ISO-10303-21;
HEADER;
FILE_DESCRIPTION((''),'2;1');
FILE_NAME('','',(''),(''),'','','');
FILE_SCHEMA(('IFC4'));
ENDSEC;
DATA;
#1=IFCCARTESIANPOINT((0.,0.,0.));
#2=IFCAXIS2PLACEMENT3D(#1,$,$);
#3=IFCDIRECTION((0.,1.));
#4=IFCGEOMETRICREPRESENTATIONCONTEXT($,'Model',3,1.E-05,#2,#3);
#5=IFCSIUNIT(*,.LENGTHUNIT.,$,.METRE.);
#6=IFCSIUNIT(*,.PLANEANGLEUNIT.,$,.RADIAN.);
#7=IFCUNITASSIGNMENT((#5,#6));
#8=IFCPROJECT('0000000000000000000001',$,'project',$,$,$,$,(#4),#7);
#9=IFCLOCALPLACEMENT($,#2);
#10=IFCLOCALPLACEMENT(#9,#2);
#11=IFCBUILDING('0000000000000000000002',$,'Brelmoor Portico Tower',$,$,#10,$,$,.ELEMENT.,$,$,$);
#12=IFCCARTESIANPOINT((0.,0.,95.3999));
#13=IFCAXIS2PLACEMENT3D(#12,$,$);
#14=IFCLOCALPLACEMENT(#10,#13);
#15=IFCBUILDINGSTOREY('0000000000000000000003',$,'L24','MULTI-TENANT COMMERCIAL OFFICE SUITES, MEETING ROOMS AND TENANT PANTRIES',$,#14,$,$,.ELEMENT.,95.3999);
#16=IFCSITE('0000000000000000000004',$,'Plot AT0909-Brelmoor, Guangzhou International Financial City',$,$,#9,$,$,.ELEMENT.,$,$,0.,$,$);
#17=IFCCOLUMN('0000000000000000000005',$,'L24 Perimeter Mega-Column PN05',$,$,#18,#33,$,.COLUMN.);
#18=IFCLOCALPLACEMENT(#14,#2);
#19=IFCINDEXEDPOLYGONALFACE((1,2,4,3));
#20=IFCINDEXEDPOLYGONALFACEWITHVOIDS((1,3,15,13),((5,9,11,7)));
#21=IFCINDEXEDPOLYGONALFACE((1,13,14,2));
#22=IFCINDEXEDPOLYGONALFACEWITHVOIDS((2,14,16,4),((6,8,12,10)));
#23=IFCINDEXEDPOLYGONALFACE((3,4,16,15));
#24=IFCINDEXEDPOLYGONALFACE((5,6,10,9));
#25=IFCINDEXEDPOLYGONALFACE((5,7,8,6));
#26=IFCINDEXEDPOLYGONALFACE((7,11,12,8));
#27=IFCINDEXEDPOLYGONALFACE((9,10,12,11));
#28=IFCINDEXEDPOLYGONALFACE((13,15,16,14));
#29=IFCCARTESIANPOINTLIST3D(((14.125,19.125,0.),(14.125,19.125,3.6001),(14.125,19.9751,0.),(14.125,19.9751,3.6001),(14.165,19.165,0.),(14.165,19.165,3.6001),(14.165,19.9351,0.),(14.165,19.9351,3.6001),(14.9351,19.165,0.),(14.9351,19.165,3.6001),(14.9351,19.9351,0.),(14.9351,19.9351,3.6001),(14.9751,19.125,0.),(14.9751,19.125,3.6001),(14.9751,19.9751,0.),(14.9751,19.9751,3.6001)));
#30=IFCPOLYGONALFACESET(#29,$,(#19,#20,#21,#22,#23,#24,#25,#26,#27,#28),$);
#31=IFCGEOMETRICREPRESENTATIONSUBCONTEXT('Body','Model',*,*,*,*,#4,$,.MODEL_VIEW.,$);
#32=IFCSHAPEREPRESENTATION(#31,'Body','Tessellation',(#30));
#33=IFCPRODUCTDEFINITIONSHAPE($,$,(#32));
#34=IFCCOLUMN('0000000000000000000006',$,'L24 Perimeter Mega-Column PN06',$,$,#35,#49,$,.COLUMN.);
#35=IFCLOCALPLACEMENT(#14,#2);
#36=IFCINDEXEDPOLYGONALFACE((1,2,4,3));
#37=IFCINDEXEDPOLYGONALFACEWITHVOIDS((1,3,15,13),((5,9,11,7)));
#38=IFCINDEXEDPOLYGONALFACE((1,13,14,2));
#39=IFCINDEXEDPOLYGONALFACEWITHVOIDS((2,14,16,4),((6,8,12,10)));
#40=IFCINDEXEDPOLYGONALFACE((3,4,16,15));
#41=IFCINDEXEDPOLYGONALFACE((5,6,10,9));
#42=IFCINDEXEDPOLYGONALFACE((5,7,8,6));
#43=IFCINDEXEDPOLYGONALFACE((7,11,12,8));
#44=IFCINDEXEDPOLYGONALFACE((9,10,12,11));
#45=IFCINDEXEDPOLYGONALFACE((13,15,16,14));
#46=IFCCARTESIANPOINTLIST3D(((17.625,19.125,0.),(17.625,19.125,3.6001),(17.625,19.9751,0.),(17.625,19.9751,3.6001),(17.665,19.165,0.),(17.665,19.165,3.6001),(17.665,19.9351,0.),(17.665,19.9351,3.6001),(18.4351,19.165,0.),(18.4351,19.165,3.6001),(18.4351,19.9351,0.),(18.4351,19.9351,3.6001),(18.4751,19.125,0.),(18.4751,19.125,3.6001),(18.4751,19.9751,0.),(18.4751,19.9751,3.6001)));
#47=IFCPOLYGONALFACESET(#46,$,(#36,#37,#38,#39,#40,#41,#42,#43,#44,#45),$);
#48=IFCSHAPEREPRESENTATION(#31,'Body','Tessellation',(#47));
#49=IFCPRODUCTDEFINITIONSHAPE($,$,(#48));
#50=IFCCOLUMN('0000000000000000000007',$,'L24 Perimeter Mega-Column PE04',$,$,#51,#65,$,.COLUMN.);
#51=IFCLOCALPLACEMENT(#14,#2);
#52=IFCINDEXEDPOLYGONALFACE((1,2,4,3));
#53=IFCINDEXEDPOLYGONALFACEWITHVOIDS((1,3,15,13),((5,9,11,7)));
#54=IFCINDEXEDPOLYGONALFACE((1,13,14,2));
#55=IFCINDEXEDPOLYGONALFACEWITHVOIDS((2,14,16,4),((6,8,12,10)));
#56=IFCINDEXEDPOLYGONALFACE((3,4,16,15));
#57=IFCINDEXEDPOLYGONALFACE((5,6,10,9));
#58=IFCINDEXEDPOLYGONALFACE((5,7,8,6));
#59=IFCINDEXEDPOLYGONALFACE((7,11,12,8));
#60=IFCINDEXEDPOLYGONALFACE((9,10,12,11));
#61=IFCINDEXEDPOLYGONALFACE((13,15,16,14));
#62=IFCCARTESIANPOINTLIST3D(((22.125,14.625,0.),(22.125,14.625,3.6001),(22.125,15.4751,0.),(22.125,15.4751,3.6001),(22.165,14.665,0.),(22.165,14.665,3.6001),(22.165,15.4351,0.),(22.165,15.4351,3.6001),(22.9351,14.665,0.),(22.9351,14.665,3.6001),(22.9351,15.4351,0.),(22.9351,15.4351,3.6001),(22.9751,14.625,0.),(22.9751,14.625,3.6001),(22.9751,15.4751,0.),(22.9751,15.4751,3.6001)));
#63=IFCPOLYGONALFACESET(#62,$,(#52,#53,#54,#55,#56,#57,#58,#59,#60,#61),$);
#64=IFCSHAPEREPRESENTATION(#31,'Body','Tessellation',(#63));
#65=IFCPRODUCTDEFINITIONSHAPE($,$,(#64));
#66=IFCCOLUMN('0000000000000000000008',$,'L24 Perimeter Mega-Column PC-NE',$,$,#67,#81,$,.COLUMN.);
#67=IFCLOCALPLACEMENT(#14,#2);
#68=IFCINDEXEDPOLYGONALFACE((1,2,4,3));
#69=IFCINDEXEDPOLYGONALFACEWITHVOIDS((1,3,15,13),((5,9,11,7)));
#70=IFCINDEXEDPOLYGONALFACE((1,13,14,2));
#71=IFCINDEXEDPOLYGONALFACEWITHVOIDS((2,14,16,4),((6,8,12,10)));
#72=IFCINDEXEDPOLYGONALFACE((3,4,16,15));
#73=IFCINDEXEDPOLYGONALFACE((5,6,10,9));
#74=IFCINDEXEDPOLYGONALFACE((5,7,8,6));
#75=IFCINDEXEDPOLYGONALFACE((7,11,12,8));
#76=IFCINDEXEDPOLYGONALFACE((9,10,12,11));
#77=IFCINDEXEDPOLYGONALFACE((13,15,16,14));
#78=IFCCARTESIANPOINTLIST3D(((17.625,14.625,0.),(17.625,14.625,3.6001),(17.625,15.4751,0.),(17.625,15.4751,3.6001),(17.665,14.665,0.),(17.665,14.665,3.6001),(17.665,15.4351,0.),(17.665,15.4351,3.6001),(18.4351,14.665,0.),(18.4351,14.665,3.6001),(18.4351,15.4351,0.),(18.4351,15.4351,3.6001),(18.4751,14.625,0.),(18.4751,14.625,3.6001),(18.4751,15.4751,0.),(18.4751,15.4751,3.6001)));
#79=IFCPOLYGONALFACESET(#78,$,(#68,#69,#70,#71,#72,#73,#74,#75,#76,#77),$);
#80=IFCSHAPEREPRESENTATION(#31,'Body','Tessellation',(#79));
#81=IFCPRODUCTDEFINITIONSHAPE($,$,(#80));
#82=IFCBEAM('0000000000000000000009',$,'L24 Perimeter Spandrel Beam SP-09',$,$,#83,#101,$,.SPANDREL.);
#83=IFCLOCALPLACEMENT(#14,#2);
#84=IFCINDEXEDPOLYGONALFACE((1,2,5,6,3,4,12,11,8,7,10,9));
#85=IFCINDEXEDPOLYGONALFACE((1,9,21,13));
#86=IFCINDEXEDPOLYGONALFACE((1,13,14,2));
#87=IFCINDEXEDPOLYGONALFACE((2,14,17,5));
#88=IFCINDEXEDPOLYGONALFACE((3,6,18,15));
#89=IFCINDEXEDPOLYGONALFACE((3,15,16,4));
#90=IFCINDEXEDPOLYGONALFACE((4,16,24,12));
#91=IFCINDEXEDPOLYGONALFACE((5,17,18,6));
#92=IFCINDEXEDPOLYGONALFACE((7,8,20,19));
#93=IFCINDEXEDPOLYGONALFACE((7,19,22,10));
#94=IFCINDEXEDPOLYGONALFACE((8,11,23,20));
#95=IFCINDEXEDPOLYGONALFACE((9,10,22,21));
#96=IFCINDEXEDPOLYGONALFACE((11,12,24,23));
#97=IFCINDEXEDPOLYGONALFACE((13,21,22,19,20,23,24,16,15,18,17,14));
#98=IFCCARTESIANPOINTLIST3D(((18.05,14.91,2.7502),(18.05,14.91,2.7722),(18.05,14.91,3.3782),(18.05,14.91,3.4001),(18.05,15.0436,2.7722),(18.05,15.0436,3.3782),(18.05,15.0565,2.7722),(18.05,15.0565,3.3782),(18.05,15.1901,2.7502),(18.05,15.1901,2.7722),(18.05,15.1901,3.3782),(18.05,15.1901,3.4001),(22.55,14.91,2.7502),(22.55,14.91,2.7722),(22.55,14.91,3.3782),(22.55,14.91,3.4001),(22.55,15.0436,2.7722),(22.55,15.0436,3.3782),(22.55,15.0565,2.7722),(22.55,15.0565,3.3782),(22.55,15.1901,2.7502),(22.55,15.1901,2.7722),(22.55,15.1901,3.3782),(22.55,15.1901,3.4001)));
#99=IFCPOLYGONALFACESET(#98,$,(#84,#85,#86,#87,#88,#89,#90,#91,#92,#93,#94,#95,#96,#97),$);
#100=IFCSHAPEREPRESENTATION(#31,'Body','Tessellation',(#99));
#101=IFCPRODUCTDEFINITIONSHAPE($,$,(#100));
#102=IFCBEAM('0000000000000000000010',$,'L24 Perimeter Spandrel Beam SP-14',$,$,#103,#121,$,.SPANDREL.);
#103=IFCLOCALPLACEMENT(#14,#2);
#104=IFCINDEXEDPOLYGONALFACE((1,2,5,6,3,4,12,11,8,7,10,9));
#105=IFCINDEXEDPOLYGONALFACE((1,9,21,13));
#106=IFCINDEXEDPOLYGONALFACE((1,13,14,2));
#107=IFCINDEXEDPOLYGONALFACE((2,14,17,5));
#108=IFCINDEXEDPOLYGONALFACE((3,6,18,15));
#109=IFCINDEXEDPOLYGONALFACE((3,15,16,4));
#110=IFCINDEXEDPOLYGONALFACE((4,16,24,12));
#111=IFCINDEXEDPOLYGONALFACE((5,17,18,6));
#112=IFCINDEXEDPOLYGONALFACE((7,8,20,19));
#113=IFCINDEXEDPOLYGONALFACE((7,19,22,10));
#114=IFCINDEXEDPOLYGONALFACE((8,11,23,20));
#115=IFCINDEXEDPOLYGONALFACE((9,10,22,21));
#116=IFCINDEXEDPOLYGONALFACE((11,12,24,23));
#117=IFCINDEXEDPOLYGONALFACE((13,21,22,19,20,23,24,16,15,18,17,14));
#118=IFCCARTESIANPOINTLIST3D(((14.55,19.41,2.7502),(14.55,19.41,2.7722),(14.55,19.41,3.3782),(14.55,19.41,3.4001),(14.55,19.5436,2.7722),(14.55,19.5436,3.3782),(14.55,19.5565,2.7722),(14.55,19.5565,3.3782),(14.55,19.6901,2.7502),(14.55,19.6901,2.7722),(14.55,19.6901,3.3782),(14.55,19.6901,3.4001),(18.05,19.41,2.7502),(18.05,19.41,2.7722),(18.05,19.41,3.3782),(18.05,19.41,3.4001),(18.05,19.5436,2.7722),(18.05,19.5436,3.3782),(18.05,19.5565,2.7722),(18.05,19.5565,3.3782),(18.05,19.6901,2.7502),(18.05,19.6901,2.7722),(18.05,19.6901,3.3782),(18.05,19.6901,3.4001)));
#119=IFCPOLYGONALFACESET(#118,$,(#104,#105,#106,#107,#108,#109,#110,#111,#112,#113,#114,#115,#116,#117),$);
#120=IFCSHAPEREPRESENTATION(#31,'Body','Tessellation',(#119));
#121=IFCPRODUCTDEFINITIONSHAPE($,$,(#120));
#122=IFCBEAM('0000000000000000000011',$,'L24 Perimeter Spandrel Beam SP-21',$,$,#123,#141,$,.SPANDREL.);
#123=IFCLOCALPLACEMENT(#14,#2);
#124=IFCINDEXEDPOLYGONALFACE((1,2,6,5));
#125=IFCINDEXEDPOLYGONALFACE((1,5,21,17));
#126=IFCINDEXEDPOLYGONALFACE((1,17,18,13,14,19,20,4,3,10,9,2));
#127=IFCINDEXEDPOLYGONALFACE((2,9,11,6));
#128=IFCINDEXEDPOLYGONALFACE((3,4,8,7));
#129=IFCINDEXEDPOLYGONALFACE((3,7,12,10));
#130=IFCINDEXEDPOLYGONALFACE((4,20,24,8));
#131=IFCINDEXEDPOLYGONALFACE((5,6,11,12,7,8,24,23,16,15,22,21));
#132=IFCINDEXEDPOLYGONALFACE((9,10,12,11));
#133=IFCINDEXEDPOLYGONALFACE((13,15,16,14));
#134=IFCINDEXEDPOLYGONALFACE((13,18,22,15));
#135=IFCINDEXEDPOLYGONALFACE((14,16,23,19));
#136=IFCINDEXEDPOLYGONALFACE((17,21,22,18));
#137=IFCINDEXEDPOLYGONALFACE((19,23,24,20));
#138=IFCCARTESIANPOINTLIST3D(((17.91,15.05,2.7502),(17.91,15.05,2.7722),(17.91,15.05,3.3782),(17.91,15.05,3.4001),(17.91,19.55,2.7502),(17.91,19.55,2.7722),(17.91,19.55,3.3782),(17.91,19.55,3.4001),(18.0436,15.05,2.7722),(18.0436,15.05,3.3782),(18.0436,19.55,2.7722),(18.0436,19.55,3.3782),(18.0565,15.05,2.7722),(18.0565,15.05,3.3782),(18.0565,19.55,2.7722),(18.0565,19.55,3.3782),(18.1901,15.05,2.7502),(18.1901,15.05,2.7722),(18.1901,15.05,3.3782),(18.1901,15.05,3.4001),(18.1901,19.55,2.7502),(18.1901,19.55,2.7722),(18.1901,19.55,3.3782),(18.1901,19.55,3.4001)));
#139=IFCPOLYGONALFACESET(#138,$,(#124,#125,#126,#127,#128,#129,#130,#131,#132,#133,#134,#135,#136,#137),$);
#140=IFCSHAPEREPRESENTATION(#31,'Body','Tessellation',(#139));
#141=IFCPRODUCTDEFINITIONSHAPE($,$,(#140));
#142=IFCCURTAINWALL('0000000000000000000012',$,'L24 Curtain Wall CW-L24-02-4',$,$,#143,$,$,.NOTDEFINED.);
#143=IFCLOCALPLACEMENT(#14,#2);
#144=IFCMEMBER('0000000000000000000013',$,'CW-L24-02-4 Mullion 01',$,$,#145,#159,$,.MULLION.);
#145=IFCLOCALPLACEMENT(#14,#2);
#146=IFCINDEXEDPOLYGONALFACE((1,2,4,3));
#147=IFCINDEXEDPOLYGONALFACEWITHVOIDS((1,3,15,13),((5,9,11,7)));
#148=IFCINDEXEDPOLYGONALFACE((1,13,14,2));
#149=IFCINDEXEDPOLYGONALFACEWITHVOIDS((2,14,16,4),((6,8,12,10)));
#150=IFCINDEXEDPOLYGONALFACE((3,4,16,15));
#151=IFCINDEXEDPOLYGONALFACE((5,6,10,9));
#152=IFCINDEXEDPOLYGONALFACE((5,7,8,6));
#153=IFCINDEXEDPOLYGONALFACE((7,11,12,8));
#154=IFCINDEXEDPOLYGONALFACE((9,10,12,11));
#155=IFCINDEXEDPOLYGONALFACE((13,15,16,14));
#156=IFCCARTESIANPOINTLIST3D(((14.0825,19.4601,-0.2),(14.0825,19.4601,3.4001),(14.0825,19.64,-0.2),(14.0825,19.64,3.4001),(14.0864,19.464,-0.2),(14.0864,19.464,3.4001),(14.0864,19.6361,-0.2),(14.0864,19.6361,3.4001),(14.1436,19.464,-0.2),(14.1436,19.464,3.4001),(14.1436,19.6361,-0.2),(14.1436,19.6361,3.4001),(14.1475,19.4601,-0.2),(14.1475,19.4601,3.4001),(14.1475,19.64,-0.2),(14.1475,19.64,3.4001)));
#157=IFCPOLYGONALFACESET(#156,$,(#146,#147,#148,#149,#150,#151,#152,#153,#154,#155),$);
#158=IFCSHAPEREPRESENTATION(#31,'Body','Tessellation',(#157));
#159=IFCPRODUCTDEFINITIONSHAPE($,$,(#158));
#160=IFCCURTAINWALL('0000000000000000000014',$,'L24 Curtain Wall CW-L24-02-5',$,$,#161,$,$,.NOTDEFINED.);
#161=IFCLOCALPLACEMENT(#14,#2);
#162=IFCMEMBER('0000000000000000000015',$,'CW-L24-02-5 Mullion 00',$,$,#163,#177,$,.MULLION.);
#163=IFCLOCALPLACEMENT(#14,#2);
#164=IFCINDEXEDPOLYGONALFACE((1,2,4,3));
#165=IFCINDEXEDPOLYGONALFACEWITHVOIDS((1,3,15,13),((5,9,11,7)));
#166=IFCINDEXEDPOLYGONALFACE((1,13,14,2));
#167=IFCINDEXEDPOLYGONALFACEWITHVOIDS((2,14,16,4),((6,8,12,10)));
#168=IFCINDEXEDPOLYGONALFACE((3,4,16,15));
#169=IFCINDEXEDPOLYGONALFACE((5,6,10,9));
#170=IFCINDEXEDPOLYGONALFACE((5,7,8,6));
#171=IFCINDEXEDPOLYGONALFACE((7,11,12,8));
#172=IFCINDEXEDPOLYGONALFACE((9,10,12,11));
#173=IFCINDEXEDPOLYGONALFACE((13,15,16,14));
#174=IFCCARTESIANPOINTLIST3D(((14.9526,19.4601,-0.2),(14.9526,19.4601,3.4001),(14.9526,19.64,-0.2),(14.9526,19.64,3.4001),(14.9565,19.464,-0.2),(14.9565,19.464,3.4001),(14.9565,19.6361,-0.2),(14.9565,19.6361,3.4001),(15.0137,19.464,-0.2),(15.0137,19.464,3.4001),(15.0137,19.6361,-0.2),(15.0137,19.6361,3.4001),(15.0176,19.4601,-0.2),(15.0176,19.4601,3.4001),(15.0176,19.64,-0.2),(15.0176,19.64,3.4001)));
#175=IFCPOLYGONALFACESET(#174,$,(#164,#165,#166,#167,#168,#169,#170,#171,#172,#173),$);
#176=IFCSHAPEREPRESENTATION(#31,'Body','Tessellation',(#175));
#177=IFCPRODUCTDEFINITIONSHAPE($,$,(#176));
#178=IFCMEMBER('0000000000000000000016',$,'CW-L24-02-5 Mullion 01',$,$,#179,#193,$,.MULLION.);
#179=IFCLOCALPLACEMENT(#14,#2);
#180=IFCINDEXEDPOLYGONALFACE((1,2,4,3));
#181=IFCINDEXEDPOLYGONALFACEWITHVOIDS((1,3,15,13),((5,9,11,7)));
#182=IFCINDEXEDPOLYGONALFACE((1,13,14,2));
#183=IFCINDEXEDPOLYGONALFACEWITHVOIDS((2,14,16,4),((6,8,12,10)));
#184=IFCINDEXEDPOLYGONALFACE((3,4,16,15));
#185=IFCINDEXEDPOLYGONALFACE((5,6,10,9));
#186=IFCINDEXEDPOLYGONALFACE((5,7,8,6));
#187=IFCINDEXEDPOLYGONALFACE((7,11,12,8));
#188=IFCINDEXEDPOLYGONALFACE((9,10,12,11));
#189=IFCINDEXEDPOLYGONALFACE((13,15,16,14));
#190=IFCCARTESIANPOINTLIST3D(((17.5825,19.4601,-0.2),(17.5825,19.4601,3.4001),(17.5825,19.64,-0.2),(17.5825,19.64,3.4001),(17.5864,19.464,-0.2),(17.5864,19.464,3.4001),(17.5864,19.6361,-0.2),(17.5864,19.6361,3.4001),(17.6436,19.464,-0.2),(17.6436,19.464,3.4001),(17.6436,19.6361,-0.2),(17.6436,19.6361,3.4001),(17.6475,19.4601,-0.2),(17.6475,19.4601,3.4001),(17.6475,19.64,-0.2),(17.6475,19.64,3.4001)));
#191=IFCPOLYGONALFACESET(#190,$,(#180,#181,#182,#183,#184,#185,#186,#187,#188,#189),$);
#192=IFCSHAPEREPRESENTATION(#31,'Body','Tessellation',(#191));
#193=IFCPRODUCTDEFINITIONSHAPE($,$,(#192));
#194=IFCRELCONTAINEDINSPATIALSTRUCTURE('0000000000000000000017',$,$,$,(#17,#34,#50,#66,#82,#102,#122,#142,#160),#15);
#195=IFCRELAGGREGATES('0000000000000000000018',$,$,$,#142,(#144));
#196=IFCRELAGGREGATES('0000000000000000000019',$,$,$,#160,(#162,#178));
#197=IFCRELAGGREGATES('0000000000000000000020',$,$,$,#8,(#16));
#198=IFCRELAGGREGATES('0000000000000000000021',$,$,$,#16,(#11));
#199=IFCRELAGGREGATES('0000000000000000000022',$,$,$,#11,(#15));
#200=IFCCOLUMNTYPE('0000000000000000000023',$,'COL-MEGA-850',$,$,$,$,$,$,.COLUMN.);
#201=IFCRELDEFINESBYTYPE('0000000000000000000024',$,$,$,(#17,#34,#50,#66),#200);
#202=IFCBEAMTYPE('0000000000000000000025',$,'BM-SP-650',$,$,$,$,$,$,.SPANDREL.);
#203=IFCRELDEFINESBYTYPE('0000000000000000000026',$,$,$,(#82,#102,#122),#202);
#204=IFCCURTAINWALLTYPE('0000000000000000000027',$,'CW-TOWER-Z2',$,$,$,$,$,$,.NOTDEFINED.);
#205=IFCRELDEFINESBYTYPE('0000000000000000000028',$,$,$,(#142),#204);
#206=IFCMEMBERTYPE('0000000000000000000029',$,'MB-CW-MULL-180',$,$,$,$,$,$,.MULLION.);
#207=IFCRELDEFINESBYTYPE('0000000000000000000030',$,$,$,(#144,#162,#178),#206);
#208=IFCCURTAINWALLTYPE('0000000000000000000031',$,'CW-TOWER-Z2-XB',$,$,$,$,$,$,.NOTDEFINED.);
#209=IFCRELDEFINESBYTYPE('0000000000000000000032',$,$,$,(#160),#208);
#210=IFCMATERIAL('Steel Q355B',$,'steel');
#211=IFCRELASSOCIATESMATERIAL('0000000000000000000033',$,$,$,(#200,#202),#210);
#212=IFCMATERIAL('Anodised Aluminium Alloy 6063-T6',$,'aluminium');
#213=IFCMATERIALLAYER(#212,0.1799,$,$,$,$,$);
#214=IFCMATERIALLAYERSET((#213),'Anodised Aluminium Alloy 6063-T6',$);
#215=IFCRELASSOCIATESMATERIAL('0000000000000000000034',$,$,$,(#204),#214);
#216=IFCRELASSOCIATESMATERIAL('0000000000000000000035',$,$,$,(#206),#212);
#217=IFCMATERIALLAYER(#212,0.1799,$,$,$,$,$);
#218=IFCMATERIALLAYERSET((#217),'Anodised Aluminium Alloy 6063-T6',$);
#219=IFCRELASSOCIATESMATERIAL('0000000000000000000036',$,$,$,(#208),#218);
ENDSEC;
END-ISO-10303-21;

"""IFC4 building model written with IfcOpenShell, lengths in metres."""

from ifc_helpers import new_model, si_unit, direction, frame, origin, origin_2d, place, context, subcontext, project, spatial, hollow_rectangle, i_section, extrude, material, layer, layer_set, material_profile, profile_set, type_object, element, aggregate, save


model = new_model("IFC4")

# Units and contexts
model_context = context("Model", 3, precision=1e-05, world=origin(), true_north=direction((0.0, 1.0)))
body_context = subcontext(model_context, "Body", "Model", "MODEL_VIEW")
ifc_project = project(units=[si_unit("LENGTHUNIT", "METRE"), si_unit("PLANEANGLEUNIT", "RADIAN")], contexts=[model_context])

# Site, building, storey
site_placement = place(None, origin())
site = spatial("IfcSite", under=ifc_project, at=site_placement, Name="Plot AT0909-Brelmoor, Guangzhou International Financial City", CompositionType="ELEMENT", RefElevation=0.0)
building_placement = place(site_placement, origin())
building = spatial("IfcBuilding", under=site, at=building_placement, Name="Brelmoor Portico Tower", CompositionType="ELEMENT")
storey_placement = place(building_placement, frame((0.0, 0.0, 95.3999)))
storey = spatial("IfcBuildingStorey", under=building, at=storey_placement, Name="L24", Description="MULTI-TENANT COMMERCIAL OFFICE SUITES, MEETING ROOMS AND TENANT PANTRIES", CompositionType="ELEMENT", Elevation=95.3999)

# Columns
ifc_material_1 = material(Name="Steel Q355B", Category="steel")
ifc_material_profile_1 = material_profile(ifc_material_1, hollow_rectangle(XDim=0.8501, YDim=0.8501, WallThickness=0.04, at=origin_2d()), Name="BOX 850x850x40")
ifc_profile_set_1 = profile_set([ifc_material_profile_1], Name="Steel Q355B")
column_type = type_object("IfcColumnType", Name="COL-MEGA-850", PredefinedType="COLUMN", material=ifc_profile_set_1)
for number, where, z_axis, x_axis, name in (
    (1, (14.55, 19.55, 0.0), (0.0, 0.0, 1.0), (1.0, 0.0, 0.0), "L24 Perimeter Mega-Column PN05"),
    (2, (18.05, 19.55, 0.0), (0.0, 0.0, 1.0), (1.0, 0.0, 0.0), "L24 Perimeter Mega-Column PN06"),
    (3, (22.55, 15.05, 0.0), (0.0, 0.0, 1.0), (0.0, 1.0, 0.0), "L24 Perimeter Mega-Column PE04"),
    (4, (18.05, 15.05, 0.0), (0.0, 0.0, 1.0), (1.0, 0.0, 0.0), "L24 Perimeter Mega-Column PC-NE"),
):
    element("IfcColumn", number, at=place(storey_placement, frame(where, z_axis=z_axis, x_axis=x_axis)), inside=storey, type_object=column_type, Name=name, PredefinedType="COLUMN", context=body_context, shape_type="SweptSolid", body=[
        extrude(hollow_rectangle(XDim=0.8501, YDim=0.8501, WallThickness=0.04, at=origin_2d()), origin(), (0.0, 0.0, 1.0), 3.6001),
    ])

# Beams
ifc_material_profile_2 = material_profile(ifc_material_1, i_section(OverallWidth=0.28, OverallDepth=0.6499, WebThickness=0.0129, FlangeThickness=0.022, at=origin_2d()), Name="HN 650x280x13x22")
ifc_profile_set_2 = profile_set([ifc_material_profile_2], Name="Steel Q355B")
beam_type = type_object("IfcBeamType", Name="BM-SP-650", PredefinedType="SPANDREL", material=ifc_profile_set_2)
beam_1_placement = place(storey_placement, frame((18.05, 15.05, 3.0752), z_axis=(1.0, 0.0, 0.0), x_axis=(0.0, 1.0, 0.0)))
element("IfcBeam", 5, at=beam_1_placement, inside=storey, type_object=beam_type, Name="L24 Perimeter Spandrel Beam SP-09", PredefinedType="SPANDREL", context=body_context, shape_type="SweptSolid", body=[
    extrude(i_section(OverallWidth=0.28, OverallDepth=0.6499, WebThickness=0.0129, FlangeThickness=0.022, at=origin_2d()), origin(), (0.0, 0.0, 1.0), 4.5),
])
beam_2_placement = place(storey_placement, frame((14.55, 19.55, 3.0752), z_axis=(1.0, 0.0, 0.0), x_axis=(0.0, 1.0, 0.0)))
element("IfcBeam", 6, at=beam_2_placement, inside=storey, type_object=beam_type, Name="L24 Perimeter Spandrel Beam SP-14", PredefinedType="SPANDREL", context=body_context, shape_type="SweptSolid", body=[
    extrude(i_section(OverallWidth=0.28, OverallDepth=0.6499, WebThickness=0.0129, FlangeThickness=0.022, at=origin_2d()), origin(), (0.0, 0.0, 1.0), 3.5),
])
beam_3_placement = place(storey_placement, frame((18.05, 15.05, 3.0752), z_axis=(0.0, 1.0, 0.0), x_axis=(-1.0, 0.0, 0.0)))
element("IfcBeam", 7, at=beam_3_placement, inside=storey, type_object=beam_type, Name="L24 Perimeter Spandrel Beam SP-21", PredefinedType="SPANDREL", context=body_context, shape_type="SweptSolid", body=[
    extrude(i_section(OverallWidth=0.28, OverallDepth=0.6499, WebThickness=0.0129, FlangeThickness=0.022, at=origin_2d()), origin(), (0.0, 0.0, 1.0), 4.5),
])

# Curtain wall, member
ifc_material_2 = material(Name="Anodised Aluminium Alloy 6063-T6", Category="aluminium")
ifc_layer_1 = layer(ifc_material_2, 0.1799)
ifc_layer_set_1 = layer_set([ifc_layer_1], Name="Anodised Aluminium Alloy 6063-T6")
curtain_wall_type_1 = type_object("IfcCurtainWallType", Name="CW-TOWER-Z2", PredefinedType="NOTDEFINED", material=ifc_layer_set_1)
curtain_wall_1_placement = place(storey_placement, origin())
curtain_wall_1 = element("IfcCurtainWall", 8, at=curtain_wall_1_placement, inside=storey, type_object=curtain_wall_type_1, Name="L24 Curtain Wall CW-L24-02-4", PredefinedType="NOTDEFINED")
ifc_material_profile_3 = material_profile(ifc_material_2, hollow_rectangle(XDim=0.0649, YDim=0.1799, WallThickness=0.0039, at=origin_2d()), Name="ALU MULLION 65x180")
ifc_profile_set_3 = profile_set([ifc_material_profile_3], Name="Anodised Aluminium Alloy 6063-T6")
member_type_1 = type_object("IfcMemberType", Name="MB-CW-MULL-180", PredefinedType="MULLION", material=ifc_profile_set_3)
member_1_placement = place(storey_placement, frame((14.115, 19.55, -0.2), z_axis=(0.0, 0.0, 1.0), x_axis=(1.0, 0.0, 0.0)))
member_1 = element("IfcMember", 9, at=member_1_placement, type_object=member_type_1, Name="CW-L24-02-4 Mullion 01", PredefinedType="MULLION", context=body_context, shape_type="SweptSolid", body=[
    extrude(hollow_rectangle(XDim=0.0649, YDim=0.1799, WallThickness=0.0039, at=origin_2d()), origin(), (0.0, 0.0, 1.0), 3.6001),
])
aggregate(curtain_wall_1, [member_1])

# Curtain wall, members
ifc_layer_2 = layer(ifc_material_2, 0.1799)
ifc_layer_set_2 = layer_set([ifc_layer_2], Name="Anodised Aluminium Alloy 6063-T6")
curtain_wall_type_2 = type_object("IfcCurtainWallType", Name="CW-TOWER-Z2-XB", PredefinedType="NOTDEFINED", material=ifc_layer_set_2)
curtain_wall_2_placement = place(storey_placement, origin())
curtain_wall_2 = element("IfcCurtainWall", 10, at=curtain_wall_2_placement, inside=storey, type_object=curtain_wall_type_2, Name="L24 Curtain Wall CW-L24-02-5", PredefinedType="NOTDEFINED")
member_2_placement = place(storey_placement, frame((14.9851, 19.55, -0.2), z_axis=(0.0, 0.0, 1.0), x_axis=(1.0, 0.0, 0.0)))
member_2 = element("IfcMember", 11, at=member_2_placement, type_object=member_type_1, Name="CW-L24-02-5 Mullion 00", PredefinedType="MULLION", context=body_context, shape_type="SweptSolid", body=[
    extrude(hollow_rectangle(XDim=0.0649, YDim=0.1799, WallThickness=0.0039, at=origin_2d()), origin(), (0.0, 0.0, 1.0), 3.6001),
])
member_3_placement = place(storey_placement, frame((17.615, 19.55, -0.2), z_axis=(0.0, 0.0, 1.0), x_axis=(1.0, 0.0, 0.0)))
member_3 = element("IfcMember", 12, at=member_3_placement, type_object=member_type_1, Name="CW-L24-02-5 Mullion 01", PredefinedType="MULLION", context=body_context, shape_type="SweptSolid", body=[
    extrude(hollow_rectangle(XDim=0.0649, YDim=0.1799, WallThickness=0.0039, at=origin_2d()), origin(), (0.0, 0.0, 1.0), 3.6001),
])

aggregate(curtain_wall_2, [member_2, member_3])

save(model, "model.ifc")
